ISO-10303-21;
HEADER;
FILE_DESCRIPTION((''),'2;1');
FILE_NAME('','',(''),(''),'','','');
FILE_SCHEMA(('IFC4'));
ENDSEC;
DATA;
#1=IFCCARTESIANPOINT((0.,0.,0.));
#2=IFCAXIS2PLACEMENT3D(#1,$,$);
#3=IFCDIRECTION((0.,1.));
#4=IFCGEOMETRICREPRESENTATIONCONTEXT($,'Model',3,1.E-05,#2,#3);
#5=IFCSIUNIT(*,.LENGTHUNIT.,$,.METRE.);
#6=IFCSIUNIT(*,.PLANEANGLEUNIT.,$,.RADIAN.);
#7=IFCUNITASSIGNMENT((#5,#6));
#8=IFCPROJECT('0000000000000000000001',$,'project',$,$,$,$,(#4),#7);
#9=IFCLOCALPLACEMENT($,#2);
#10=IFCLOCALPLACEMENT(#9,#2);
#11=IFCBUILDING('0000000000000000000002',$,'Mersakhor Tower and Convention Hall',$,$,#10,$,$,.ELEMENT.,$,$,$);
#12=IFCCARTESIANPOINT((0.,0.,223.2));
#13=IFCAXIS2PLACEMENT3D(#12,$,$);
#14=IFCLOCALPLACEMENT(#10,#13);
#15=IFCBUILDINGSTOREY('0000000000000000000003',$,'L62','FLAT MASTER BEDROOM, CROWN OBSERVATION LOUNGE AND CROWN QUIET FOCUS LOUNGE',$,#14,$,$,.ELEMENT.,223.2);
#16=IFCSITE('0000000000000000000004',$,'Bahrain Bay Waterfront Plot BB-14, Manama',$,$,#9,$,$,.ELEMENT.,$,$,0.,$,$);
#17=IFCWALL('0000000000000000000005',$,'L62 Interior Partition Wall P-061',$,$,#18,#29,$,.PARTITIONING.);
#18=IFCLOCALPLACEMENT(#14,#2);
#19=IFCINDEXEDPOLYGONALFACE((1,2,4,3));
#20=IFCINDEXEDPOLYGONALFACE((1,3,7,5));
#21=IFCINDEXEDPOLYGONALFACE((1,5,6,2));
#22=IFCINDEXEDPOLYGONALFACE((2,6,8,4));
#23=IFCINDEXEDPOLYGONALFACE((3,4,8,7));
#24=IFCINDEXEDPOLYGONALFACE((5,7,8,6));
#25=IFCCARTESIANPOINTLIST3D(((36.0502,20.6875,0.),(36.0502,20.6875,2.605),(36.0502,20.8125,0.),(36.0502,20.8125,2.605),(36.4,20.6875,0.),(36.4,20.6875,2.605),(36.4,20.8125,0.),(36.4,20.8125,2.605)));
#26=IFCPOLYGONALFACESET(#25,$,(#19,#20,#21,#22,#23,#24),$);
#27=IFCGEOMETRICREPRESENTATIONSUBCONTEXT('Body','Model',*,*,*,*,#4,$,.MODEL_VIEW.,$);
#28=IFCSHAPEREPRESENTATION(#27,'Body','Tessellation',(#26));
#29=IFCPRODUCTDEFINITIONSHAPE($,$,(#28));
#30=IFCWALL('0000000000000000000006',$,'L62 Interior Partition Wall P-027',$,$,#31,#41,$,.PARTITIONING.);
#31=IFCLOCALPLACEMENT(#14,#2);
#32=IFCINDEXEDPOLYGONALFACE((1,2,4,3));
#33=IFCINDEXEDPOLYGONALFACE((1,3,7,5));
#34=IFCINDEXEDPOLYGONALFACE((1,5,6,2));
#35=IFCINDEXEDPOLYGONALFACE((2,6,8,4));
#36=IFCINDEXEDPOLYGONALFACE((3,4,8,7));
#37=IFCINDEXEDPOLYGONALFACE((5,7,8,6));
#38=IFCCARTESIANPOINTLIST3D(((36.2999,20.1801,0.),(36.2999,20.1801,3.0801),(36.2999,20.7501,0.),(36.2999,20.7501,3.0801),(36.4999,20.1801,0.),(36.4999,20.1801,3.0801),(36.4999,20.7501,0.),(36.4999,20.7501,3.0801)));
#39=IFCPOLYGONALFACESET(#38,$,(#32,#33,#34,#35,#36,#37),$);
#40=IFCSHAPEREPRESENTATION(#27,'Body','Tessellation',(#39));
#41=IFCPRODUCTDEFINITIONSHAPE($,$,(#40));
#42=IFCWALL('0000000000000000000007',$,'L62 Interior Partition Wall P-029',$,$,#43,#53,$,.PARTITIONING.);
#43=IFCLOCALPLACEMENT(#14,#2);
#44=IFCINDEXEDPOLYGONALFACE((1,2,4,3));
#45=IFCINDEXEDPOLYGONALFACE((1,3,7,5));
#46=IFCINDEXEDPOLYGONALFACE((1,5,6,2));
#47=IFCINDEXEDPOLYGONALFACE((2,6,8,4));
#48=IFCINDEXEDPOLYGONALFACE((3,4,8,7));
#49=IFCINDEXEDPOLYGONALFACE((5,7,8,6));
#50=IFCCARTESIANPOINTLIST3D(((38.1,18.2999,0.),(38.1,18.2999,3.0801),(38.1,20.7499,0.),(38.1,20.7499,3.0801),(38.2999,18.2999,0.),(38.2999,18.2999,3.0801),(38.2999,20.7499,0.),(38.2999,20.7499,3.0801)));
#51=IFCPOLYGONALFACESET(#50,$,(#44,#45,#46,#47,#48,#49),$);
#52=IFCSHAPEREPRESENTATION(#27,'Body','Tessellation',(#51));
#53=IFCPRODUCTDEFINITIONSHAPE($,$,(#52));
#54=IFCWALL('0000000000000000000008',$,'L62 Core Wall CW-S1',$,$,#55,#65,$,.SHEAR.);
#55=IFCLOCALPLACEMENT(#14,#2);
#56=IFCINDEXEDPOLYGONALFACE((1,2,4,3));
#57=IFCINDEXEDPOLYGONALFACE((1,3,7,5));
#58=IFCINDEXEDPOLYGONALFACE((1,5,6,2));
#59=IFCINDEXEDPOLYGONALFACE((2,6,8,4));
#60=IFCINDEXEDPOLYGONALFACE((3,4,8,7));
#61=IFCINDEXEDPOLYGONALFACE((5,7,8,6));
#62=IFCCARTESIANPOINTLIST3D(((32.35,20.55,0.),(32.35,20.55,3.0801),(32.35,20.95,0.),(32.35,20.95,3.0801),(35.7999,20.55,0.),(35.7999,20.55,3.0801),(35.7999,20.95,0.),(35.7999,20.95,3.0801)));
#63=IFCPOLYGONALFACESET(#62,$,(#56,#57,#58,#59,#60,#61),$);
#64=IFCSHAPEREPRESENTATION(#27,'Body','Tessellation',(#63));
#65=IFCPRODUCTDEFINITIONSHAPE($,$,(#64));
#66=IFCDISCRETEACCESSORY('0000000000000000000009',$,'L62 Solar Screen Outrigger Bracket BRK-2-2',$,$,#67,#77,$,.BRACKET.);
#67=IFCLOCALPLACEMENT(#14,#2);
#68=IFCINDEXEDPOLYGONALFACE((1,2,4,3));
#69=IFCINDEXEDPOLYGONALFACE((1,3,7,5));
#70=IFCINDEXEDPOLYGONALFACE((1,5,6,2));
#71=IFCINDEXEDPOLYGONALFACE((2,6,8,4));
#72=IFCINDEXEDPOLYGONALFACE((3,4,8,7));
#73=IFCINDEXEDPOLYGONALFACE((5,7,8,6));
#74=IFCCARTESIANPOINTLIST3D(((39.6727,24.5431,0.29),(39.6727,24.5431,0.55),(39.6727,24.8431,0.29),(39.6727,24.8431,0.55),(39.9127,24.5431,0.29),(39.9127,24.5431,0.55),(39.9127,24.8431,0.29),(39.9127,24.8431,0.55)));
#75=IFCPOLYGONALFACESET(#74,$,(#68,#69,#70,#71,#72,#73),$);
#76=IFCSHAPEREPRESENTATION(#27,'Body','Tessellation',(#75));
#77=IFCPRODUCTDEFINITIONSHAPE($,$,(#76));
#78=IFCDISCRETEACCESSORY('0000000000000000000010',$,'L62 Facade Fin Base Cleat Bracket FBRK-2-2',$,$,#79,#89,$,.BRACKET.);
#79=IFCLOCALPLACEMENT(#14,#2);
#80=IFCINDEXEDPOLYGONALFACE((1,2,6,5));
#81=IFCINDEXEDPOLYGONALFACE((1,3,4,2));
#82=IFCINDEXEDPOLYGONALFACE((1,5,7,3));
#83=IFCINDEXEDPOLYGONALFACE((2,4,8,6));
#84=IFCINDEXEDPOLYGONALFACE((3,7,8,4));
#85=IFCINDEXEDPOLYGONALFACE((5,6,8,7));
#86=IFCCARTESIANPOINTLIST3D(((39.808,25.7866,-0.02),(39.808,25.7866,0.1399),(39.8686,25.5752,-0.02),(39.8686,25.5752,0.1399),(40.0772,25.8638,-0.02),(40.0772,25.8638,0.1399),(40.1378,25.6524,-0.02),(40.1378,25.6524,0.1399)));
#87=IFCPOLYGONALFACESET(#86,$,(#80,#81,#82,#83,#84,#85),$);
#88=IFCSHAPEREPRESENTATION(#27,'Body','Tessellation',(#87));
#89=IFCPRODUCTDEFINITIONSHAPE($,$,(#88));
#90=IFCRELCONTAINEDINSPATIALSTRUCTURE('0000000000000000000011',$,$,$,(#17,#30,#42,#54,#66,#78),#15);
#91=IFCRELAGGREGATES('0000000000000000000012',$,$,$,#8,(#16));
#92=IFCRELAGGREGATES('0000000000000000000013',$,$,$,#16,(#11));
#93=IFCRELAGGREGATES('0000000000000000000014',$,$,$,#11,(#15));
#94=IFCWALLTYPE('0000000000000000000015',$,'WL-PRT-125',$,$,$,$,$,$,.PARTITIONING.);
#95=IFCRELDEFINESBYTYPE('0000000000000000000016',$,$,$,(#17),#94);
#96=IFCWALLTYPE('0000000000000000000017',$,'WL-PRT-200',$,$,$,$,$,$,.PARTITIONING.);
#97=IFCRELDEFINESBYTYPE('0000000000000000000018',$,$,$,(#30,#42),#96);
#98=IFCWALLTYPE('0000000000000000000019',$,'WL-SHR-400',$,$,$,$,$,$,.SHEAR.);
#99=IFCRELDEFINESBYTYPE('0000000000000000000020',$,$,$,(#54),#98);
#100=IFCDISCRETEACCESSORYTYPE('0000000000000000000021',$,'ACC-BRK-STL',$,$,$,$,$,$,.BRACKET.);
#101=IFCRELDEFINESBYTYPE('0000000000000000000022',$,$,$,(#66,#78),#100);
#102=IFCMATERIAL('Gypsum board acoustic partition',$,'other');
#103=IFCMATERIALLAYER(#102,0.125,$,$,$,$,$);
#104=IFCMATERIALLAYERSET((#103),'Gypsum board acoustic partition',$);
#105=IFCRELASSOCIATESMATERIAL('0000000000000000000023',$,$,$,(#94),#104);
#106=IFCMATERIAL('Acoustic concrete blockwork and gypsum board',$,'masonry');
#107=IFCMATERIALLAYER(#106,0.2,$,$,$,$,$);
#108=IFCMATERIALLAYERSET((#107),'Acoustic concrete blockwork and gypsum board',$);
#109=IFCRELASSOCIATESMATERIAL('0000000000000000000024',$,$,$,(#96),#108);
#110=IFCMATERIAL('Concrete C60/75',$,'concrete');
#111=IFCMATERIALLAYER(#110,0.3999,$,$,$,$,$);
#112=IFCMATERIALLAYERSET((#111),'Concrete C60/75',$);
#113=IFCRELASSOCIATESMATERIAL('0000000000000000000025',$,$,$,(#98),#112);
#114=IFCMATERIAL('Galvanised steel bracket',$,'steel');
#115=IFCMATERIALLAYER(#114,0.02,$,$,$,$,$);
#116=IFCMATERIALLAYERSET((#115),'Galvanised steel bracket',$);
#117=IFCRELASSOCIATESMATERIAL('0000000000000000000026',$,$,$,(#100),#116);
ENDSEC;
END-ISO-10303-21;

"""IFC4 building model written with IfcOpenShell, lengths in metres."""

from ifc_helpers import new_model, si_unit, direction, frame, frame_2d, origin, origin_2d, place, context, subcontext, project, spatial, rectangle, extrude, material, layer, layer_set, type_object, element, save


model = new_model("IFC4")

# Units and contexts
model_context = context("Model", 3, precision=1e-05, world=origin(), true_north=direction((0.0, 1.0)))
body_context = subcontext(model_context, "Body", "Model", "MODEL_VIEW")
ifc_project = project(units=[si_unit("LENGTHUNIT", "METRE"), si_unit("PLANEANGLEUNIT", "RADIAN")], contexts=[model_context])

# Site, building, storey
site_placement = place(None, origin())
site = spatial("IfcSite", under=ifc_project, at=site_placement, Name="Bahrain Bay Waterfront Plot BB-14, Manama", CompositionType="ELEMENT", RefElevation=0.0)
building_placement = place(site_placement, origin())
building = spatial("IfcBuilding", under=site, at=building_placement, Name="Mersakhor Tower and Convention Hall", CompositionType="ELEMENT")
storey_placement = place(building_placement, frame((0.0, 0.0, 223.2)))
storey = spatial("IfcBuildingStorey", under=building, at=storey_placement, Name="L62", Description="FLAT MASTER BEDROOM, CROWN OBSERVATION LOUNGE AND CROWN QUIET FOCUS LOUNGE", CompositionType="ELEMENT", Elevation=223.2)

# Walls
ifc_material_1 = material(Name="Gypsum board acoustic partition", Category="other")
ifc_layer_1 = layer(ifc_material_1, 0.125)
ifc_layer_set_1 = layer_set([ifc_layer_1], Name="Gypsum board acoustic partition")
wall_type_1 = type_object("IfcWallType", Name="WL-PRT-125", PredefinedType="PARTITIONING", material=ifc_layer_set_1)
wall_1_placement = place(storey_placement, frame((36.3999, 20.75, 0.0), z_axis=(0.0, 0.0, 1.0), x_axis=(-1.0, 0.0, 0.0)))
element("IfcWall", 1, at=wall_1_placement, inside=storey, type_object=wall_type_1, Name="L62 Interior Partition Wall P-061", PredefinedType="PARTITIONING", context=body_context, shape_type="SweptSolid", body=[
    extrude(rectangle(XDim=0.3499, YDim=0.125, at=frame_2d((0.1748, 0.0))), origin(), (0.0, 0.0, 1.0), 2.605),
])
ifc_material_2 = material(Name="Acoustic concrete blockwork and gypsum board", Category="masonry")
ifc_layer_2 = layer(ifc_material_2, 0.2)
ifc_layer_set_2 = layer_set([ifc_layer_2], Name="Acoustic concrete blockwork and gypsum board")
wall_type_2 = type_object("IfcWallType", Name="WL-PRT-200", PredefinedType="PARTITIONING", material=ifc_layer_set_2)
wall_2_placement = place(storey_placement, frame((36.3999, 20.1799, 0.0), z_axis=(0.0, 0.0, 1.0), x_axis=(0.0, 1.0, 0.0)))
element("IfcWall", 2, at=wall_2_placement, inside=storey, type_object=wall_type_2, Name="L62 Interior Partition Wall P-027", PredefinedType="PARTITIONING", context=body_context, shape_type="SweptSolid", body=[
    extrude(rectangle(XDim=0.5701, YDim=0.2, at=frame_2d((0.2852, 0.0))), origin(), (0.0, 0.0, 1.0), 3.0801),
])

# Walls
wall_3_placement = place(storey_placement, frame((38.2, 20.75, 0.0), z_axis=(0.0, 0.0, 1.0), x_axis=(0.0, -1.0, 0.0)))
element("IfcWall", 3, at=wall_3_placement, inside=storey, type_object=wall_type_2, Name="L62 Interior Partition Wall P-029", PredefinedType="PARTITIONING", context=body_context, shape_type="SweptSolid", body=[
    extrude(rectangle(XDim=2.45, YDim=0.2, at=frame_2d((1.2251, 0.0))), origin(), (0.0, 0.0, 1.0), 3.0801),
])
ifc_material_3 = material(Name="Concrete C60/75", Category="concrete")
ifc_layer_3 = layer(ifc_material_3, 0.3999)
ifc_layer_set_3 = layer_set([ifc_layer_3], Name="Concrete C60/75")
wall_type_3 = type_object("IfcWallType", Name="WL-SHR-400", PredefinedType="SHEAR", material=ifc_layer_set_3)
wall_4_placement = place(storey_placement, frame((35.8, 20.75, 0.0), z_axis=(0.0, 0.0, 1.0), x_axis=(-1.0, 0.0, 0.0)))
element("IfcWall", 4, at=wall_4_placement, inside=storey, type_object=wall_type_3, Name="L62 Core Wall CW-S1", PredefinedType="SHEAR", context=body_context, shape_type="SweptSolid", body=[
    extrude(rectangle(XDim=3.45, YDim=0.3999, at=frame_2d((1.7251, 0.0))), origin(), (0.0, 0.0, 1.0), 3.0801),
])

# Discrete accessories
ifc_material_4 = material(Name="Galvanised steel bracket", Category="steel")
ifc_layer_4 = layer(ifc_material_4, 0.02)
ifc_layer_set_4 = layer_set([ifc_layer_4], Name="Galvanised steel bracket")
discrete_accessory_type = type_object("IfcDiscreteAccessoryType", Name="ACC-BRK-STL", PredefinedType="BRACKET", material=ifc_layer_set_4)
discrete_accessory_1_placement = place(storey_placement, frame((39.7927, 24.6931, 0.29), z_axis=(0.0, 0.0, 1.0), x_axis=(0.0, -1.0, 0.0)))
element("IfcDiscreteAccessory", 5, at=discrete_accessory_1_placement, inside=storey, type_object=discrete_accessory_type, Name="L62 Solar Screen Outrigger Bracket BRK-2-2", PredefinedType="BRACKET", context=body_context, shape_type="SweptSolid", body=[
    extrude(rectangle(XDim=0.3, YDim=0.24, at=origin_2d()), origin(), (0.0, 0.0, 1.0), 0.26),
])
discrete_accessory_2_placement = place(storey_placement, frame((39.9729, 25.7195, -0.02), z_axis=(0.0, 0.0, 1.0), x_axis=(0.961262, 0.275637, 0.0)))
element("IfcDiscreteAccessory", 6, at=discrete_accessory_2_placement, inside=storey, type_object=discrete_accessory_type, Name="L62 Facade Fin Base Cleat Bracket FBRK-2-2", PredefinedType="BRACKET", context=body_context, shape_type="SweptSolid", body=[
    extrude(rectangle(XDim=0.28, YDim=0.22, at=origin_2d()), origin(), (0.0, 0.0, 1.0), 0.1599),
])

save(model, "model.ifc")
